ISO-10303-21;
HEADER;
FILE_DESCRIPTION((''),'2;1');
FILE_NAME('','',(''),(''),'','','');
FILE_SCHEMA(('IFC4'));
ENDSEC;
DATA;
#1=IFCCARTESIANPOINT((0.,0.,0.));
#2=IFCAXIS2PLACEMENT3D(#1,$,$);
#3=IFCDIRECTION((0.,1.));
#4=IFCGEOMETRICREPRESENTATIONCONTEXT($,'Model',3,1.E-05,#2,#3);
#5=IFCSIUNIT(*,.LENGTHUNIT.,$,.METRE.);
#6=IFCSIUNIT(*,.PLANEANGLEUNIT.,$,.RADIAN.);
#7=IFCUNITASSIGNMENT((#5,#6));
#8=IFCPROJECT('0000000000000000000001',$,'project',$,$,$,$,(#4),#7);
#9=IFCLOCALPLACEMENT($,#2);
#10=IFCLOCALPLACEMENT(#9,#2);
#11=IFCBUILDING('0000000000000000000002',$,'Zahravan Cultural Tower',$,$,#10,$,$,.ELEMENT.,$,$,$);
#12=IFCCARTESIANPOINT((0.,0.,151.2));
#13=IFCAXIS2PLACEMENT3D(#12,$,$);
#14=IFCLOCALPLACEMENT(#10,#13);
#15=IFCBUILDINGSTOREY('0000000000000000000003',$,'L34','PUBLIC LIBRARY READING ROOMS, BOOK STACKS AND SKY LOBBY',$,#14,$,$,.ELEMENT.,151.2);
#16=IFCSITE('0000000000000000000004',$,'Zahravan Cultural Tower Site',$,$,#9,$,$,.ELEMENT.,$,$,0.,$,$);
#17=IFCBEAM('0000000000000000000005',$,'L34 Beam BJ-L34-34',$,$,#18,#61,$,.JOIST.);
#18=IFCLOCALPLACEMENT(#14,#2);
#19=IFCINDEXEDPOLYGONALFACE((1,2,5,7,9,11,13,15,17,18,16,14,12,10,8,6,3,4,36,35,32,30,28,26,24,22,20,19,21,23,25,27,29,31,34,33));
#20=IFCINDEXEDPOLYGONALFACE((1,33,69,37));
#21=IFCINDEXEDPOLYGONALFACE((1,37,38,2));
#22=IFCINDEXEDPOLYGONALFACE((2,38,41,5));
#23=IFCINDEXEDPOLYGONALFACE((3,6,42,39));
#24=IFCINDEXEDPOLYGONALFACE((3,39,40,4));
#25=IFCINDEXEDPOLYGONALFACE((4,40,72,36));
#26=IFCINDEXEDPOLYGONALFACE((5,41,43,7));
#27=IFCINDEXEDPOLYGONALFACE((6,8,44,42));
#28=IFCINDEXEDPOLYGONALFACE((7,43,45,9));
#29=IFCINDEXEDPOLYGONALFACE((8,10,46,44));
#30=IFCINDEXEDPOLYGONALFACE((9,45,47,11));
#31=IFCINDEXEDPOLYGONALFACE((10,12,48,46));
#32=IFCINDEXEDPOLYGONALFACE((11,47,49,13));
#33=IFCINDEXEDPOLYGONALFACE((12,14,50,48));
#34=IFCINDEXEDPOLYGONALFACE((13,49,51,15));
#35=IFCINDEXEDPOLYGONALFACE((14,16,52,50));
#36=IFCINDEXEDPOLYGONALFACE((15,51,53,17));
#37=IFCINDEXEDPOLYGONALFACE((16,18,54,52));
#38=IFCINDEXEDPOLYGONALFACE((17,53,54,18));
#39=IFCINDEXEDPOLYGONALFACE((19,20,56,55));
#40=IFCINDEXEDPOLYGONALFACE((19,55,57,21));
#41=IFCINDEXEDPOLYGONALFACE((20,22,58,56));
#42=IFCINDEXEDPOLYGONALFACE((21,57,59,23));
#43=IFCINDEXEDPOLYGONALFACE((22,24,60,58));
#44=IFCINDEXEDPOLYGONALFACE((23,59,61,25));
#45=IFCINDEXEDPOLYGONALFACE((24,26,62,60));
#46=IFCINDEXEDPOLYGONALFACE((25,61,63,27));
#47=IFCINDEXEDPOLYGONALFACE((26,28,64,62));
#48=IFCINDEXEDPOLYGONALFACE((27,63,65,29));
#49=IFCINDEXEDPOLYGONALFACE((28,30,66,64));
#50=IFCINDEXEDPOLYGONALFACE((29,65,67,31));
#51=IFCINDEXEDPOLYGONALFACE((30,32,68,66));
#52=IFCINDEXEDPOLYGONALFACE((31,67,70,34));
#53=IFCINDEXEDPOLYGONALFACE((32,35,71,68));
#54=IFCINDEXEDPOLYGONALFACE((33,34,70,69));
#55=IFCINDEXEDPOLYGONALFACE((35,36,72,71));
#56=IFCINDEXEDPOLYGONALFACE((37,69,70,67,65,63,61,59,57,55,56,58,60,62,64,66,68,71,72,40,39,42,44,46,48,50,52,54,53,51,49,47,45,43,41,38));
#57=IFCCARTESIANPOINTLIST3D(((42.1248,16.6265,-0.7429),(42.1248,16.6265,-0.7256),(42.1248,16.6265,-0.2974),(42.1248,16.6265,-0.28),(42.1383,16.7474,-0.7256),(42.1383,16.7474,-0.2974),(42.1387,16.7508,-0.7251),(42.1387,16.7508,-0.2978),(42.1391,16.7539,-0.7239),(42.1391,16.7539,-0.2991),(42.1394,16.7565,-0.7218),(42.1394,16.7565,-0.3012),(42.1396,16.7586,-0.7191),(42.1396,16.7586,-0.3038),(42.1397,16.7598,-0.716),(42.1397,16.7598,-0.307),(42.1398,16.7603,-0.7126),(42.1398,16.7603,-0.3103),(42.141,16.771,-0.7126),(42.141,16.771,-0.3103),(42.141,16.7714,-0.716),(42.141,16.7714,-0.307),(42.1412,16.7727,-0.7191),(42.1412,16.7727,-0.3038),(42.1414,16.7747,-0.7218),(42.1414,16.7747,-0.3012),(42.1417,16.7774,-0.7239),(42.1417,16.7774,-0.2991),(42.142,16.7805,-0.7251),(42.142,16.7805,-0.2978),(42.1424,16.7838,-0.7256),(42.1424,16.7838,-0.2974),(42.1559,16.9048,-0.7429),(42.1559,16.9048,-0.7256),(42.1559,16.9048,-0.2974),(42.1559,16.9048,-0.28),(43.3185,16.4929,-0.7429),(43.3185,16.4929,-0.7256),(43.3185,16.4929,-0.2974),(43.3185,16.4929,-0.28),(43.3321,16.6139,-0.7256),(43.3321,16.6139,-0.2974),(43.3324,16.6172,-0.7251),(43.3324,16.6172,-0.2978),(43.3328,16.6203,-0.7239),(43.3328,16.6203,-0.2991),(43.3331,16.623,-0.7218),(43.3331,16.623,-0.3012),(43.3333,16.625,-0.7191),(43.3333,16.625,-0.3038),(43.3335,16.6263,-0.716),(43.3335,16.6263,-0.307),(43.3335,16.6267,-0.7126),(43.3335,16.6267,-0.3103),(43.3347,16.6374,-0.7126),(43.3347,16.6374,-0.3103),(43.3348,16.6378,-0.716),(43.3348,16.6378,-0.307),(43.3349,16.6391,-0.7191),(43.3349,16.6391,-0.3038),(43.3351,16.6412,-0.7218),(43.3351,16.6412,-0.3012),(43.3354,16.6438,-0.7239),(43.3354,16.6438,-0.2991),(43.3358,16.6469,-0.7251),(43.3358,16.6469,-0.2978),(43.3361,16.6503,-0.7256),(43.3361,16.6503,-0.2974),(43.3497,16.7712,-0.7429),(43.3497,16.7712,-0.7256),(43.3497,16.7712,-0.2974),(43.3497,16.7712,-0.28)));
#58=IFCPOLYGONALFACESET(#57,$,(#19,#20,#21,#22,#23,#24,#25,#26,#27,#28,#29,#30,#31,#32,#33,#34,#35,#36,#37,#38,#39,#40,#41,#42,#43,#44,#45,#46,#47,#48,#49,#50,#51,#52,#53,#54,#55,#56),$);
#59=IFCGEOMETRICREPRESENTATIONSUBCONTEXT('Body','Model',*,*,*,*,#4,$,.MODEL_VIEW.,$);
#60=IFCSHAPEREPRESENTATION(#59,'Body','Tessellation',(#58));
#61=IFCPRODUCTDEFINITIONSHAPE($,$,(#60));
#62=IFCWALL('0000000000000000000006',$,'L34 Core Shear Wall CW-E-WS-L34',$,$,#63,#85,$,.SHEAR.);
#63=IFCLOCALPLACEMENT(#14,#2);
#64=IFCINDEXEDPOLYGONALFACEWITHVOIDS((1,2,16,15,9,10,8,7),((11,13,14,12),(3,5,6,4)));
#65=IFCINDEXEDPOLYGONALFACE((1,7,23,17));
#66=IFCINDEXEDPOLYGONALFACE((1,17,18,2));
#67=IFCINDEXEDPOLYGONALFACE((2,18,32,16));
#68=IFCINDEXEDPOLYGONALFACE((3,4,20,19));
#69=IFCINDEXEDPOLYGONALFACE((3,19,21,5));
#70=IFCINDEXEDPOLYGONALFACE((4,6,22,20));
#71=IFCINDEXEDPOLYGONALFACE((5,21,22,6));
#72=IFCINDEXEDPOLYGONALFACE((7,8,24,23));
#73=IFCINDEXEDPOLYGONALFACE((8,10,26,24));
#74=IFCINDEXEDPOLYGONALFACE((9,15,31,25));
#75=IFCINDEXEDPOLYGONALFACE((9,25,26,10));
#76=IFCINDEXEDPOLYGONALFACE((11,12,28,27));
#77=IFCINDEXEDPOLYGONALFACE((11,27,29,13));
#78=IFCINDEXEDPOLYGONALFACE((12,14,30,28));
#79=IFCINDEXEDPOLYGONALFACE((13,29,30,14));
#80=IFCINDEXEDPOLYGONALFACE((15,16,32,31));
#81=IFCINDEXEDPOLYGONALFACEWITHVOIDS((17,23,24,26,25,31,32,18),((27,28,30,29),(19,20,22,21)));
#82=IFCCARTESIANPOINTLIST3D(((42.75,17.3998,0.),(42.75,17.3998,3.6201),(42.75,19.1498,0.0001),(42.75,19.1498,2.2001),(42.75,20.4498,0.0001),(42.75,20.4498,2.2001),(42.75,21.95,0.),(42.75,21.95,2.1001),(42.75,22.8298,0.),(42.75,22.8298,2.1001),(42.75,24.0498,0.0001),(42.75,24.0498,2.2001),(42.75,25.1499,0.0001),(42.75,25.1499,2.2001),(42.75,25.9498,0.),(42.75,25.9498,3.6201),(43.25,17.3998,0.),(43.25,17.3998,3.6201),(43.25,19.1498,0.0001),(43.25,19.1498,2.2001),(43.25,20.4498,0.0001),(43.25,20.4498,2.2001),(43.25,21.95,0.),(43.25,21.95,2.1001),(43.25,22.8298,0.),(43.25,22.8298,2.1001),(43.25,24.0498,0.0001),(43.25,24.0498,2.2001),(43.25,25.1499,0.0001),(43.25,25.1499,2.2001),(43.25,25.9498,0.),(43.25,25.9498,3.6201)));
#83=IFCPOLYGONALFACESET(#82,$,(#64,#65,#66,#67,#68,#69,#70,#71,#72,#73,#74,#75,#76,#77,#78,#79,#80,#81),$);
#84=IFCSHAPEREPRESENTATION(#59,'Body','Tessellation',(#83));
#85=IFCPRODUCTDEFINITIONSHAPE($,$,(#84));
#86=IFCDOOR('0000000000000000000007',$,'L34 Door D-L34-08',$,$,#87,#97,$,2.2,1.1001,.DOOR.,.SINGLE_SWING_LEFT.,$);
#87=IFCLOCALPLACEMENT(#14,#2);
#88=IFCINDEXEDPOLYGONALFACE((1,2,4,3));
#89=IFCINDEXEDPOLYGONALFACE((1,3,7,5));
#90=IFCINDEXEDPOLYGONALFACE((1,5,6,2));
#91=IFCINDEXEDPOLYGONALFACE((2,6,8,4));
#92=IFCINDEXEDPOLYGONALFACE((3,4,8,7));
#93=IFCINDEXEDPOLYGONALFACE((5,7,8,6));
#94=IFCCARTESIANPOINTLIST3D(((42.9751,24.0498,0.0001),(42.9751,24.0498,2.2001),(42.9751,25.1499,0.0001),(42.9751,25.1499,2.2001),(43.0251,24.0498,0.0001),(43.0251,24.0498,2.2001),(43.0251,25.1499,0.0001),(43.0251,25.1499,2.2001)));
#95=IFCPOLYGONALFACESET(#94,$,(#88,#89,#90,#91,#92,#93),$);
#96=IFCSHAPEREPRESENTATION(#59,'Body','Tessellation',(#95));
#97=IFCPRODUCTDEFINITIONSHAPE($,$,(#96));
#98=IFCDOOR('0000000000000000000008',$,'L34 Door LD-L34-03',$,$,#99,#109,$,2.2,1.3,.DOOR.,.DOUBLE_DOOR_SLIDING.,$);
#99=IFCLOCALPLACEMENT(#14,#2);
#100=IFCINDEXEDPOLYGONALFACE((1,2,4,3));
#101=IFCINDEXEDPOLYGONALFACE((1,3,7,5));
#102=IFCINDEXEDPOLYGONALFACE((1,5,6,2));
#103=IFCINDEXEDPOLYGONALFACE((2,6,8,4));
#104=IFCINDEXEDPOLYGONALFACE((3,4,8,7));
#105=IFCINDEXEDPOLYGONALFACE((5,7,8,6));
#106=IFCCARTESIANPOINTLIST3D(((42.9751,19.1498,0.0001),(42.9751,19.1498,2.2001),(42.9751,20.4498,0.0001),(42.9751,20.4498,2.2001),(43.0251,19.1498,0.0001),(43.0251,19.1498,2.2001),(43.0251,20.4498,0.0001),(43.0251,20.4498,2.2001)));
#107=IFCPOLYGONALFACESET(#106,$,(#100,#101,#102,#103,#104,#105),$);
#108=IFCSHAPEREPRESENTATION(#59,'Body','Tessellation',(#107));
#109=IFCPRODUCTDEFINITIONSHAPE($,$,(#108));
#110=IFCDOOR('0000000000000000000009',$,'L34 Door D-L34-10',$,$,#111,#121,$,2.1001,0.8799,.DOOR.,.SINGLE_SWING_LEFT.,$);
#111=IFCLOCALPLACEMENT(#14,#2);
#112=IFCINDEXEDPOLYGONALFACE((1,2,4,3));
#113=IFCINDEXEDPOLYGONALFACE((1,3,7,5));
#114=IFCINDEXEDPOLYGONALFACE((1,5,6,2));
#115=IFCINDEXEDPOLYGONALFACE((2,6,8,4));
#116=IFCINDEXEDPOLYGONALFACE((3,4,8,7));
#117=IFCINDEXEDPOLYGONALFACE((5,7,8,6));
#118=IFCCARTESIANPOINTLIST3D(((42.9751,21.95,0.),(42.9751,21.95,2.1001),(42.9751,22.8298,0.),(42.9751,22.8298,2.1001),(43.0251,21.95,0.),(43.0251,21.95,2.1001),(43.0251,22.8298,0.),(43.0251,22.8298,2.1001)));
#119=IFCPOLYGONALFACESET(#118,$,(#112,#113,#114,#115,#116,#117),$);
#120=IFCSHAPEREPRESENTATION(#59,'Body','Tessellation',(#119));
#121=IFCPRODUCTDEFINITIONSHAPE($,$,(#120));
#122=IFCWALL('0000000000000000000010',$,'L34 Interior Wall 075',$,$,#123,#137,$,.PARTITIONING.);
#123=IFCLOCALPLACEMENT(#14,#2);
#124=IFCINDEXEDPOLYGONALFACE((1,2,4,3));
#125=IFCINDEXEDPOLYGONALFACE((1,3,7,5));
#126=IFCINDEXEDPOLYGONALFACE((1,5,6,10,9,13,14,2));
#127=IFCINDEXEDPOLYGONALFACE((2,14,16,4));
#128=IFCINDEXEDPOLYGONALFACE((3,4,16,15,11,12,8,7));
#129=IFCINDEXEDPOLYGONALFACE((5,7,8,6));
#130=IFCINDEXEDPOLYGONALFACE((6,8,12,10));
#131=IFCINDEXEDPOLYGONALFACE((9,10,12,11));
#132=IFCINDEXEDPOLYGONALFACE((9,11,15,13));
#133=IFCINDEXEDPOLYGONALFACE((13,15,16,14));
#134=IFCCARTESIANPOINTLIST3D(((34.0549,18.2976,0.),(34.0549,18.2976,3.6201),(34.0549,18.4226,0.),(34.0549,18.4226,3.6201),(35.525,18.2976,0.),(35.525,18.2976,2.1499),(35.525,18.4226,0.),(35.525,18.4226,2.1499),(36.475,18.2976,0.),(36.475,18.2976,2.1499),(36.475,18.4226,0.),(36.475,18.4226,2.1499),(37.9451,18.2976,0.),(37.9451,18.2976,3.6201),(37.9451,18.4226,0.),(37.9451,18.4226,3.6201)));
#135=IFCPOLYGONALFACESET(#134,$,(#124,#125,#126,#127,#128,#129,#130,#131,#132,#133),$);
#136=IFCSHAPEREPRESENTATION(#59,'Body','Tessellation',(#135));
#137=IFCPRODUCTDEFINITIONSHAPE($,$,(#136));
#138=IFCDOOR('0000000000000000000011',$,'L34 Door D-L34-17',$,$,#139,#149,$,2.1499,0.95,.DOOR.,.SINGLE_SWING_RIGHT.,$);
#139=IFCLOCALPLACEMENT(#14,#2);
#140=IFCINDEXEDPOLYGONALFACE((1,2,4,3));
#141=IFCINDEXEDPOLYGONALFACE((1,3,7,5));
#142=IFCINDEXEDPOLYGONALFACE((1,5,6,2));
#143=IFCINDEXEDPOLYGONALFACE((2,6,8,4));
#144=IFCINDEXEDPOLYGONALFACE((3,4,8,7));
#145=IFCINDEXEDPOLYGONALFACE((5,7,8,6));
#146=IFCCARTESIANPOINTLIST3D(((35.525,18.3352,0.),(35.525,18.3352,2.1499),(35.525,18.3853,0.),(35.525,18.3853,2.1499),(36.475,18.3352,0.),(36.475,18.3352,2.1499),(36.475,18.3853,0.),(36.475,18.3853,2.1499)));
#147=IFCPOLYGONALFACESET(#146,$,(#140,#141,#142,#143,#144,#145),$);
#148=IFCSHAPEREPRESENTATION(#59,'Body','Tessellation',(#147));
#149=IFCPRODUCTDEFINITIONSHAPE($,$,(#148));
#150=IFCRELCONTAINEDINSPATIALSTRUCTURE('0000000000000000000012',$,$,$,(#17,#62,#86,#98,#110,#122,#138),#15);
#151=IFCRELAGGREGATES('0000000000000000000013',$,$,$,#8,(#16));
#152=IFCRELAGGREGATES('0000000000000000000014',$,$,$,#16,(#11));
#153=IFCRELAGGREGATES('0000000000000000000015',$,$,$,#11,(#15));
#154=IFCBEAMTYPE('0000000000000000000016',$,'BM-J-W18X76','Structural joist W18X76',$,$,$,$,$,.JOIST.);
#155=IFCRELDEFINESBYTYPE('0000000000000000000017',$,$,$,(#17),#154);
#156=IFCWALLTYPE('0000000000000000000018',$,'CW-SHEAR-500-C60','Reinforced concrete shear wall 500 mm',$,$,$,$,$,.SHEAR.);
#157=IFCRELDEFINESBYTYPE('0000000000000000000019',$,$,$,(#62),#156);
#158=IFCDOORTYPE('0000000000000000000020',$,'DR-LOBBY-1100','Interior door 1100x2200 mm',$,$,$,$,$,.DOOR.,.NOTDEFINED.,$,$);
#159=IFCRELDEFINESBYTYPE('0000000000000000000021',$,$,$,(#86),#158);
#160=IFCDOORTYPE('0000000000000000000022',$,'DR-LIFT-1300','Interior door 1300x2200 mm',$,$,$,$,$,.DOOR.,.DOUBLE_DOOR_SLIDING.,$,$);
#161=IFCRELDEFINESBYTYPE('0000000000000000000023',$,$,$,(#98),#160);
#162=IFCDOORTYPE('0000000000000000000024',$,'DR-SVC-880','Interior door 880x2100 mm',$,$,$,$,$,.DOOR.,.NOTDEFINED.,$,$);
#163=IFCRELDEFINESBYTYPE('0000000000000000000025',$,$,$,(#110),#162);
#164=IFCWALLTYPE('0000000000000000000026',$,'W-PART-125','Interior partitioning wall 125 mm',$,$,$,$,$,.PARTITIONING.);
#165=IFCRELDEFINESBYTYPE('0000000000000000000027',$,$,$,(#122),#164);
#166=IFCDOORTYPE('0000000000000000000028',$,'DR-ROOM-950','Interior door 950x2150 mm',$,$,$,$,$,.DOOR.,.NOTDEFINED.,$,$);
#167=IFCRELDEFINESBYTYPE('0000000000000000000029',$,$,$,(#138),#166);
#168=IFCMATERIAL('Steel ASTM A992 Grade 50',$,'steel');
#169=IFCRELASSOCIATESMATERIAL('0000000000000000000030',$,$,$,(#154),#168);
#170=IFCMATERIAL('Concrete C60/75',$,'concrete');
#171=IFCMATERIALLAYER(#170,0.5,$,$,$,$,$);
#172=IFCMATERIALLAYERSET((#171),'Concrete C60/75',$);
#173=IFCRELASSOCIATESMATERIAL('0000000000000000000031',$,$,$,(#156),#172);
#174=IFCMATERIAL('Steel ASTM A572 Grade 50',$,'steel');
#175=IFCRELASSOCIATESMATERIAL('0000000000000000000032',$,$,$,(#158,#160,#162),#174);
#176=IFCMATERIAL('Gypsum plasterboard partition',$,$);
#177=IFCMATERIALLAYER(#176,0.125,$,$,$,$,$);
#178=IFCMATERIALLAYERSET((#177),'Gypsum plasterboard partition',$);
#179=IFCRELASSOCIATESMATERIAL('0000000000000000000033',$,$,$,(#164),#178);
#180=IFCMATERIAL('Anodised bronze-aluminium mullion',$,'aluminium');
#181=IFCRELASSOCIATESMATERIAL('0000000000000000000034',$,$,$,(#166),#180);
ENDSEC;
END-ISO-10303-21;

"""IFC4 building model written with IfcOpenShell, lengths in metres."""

from ifc_helpers import new_model, si_unit, direction, frame, frame_2d, origin, origin_2d, place, context, subcontext, project, spatial, rectangle, i_section, extrude, source, transform, mapped, material, layer, layer_set, material_profile, profile_set, type_object, element, fill, save


model = new_model("IFC4")

# Units and contexts
model_context = context("Model", 3, precision=1e-05, world=origin(), true_north=direction((0.0, 1.0)))
body_context = subcontext(model_context, "Body", "Model", "MODEL_VIEW")
ifc_project = project(units=[si_unit("LENGTHUNIT", "METRE"), si_unit("PLANEANGLEUNIT", "RADIAN")], contexts=[model_context])

# Site, building, storey
site_placement = place(None, origin())
site = spatial("IfcSite", under=ifc_project, at=site_placement, Name="Zahravan Cultural Tower Site", CompositionType="ELEMENT", RefElevation=0.0)
building_placement = place(site_placement, origin())
building = spatial("IfcBuilding", under=site, at=building_placement, Name="Zahravan Cultural Tower", CompositionType="ELEMENT")
storey_placement = place(building_placement, frame((0.0, 0.0, 151.2)))
storey = spatial("IfcBuildingStorey", under=building, at=storey_placement, Name="L34", Description="PUBLIC LIBRARY READING ROOMS, BOOK STACKS AND SKY LOBBY", CompositionType="ELEMENT", Elevation=151.2)

# Beam
ifc_material_1 = material(Name="Steel ASTM A992 Grade 50", Category="steel")
ifc_material_profile_1 = material_profile(ifc_material_1, i_section(OverallWidth=0.28, OverallDepth=0.4629, WebThickness=0.0107, FlangeThickness=0.0173, FilletRadius=0.0129, at=origin_2d()), Name="W18X76")
ifc_profile_set_1 = profile_set([ifc_material_profile_1], Name="Steel ASTM A992 Grade 50")
beam_type_1 = type_object("IfcBeamType", Name="BM-J-W18X76", Description="Structural joist W18X76", PredefinedType="JOIST", material=ifc_profile_set_1)
shared_shape_1 = source(origin(), body_context, "Body", "SweptSolid", [
    extrude(i_section(OverallWidth=0.28, OverallDepth=0.4629, WebThickness=0.0107, FlangeThickness=0.0173, FilletRadius=0.0129, at=origin_2d()), origin(), (0.0, 0.0, 1.0), 1.2012),
])
beam_1_placement = place(storey_placement, frame((42.1404, 16.7656, -0.5115), z_axis=(0.993799, -0.11119, 0.0), x_axis=(0.11119, 0.993799, 0.0)))
element("IfcBeam", 1, at=beam_1_placement, inside=storey, type_object=beam_type_1, Name="L34 Beam BJ-L34-34", PredefinedType="JOIST", context=body_context, shape_type="MappedRepresentation", body=[
    mapped(shared_shape_1, transform((0.0, 0.0, 0.0), x_axis=(1.0, 0.0, 0.0), y_axis=(0.0, 1.0, 0.0), z_axis=(0.0, 0.0, 1.0), scale=1.0)),
])

# Wall, openings, doors
ifc_material_2 = material(Name="Concrete C60/75", Category="concrete")
ifc_layer_1 = layer(ifc_material_2, 0.5)
ifc_layer_set_1 = layer_set([ifc_layer_1], Name="Concrete C60/75")
wall_type_1 = type_object("IfcWallType", Name="CW-SHEAR-500-C60", Description="Reinforced concrete shear wall 500 mm", PredefinedType="SHEAR", material=ifc_layer_set_1)
wall_1_placement = place(storey_placement, frame((43.0, 17.3999, 0.0), z_axis=(0.0, 0.0, 1.0), x_axis=(0.0, 1.0, 0.0)))
wall_1 = element("IfcWall", 2, at=wall_1_placement, inside=storey, type_object=wall_type_1, Name="L34 Core Shear Wall CW-E-WS-L34", PredefinedType="SHEAR", context=body_context, shape_type="SweptSolid", body=[
    extrude(rectangle(XDim=8.55, YDim=0.5, at=frame_2d((4.2749, 0.0))), origin(), (0.0, 0.0, 1.0), 3.6201),
])
opening_1_placement = place(wall_1_placement, frame((6.6499, 0.0, 0.0)))
opening_1 = element("IfcOpeningElement", 3, at=opening_1_placement, cuts=wall_1, PredefinedType="OPENING", context=body_context, shape_type="SweptSolid", body=[
    extrude(rectangle(XDim=1.1001, YDim=2.2, at=frame_2d((0.55, 1.1001))), frame((0.0, 0.26, 0.0), z_axis=(0.0, -1.0, 0.0), x_axis=(1.0, 0.0, 0.0)), (0.0, 0.0, 1.0), 0.52),
])
opening_2_placement = place(wall_1_placement, frame((1.75, 0.0, 0.0)))
opening_2 = element("IfcOpeningElement", 4, at=opening_2_placement, cuts=wall_1, PredefinedType="OPENING", context=body_context, shape_type="SweptSolid", body=[
    extrude(rectangle(XDim=1.3, YDim=2.2, at=frame_2d((0.6499, 1.1001))), frame((0.0, 0.26, 0.0), z_axis=(0.0, -1.0, 0.0), x_axis=(1.0, 0.0, 0.0)), (0.0, 0.0, 1.0), 0.52),
])
opening_3_placement = place(wall_1_placement, frame((4.55, 0.0, 0.0)))
opening_3 = element("IfcOpeningElement", 5, at=opening_3_placement, cuts=wall_1, PredefinedType="OPENING", context=body_context, shape_type="SweptSolid", body=[
    extrude(rectangle(XDim=0.8799, YDim=2.1001, at=frame_2d((0.4399, 1.05))), frame((0.0, 0.26, 0.0), z_axis=(0.0, -1.0, 0.0), x_axis=(1.0, 0.0, 0.0)), (0.0, 0.0, 1.0), 0.52),
])
ifc_material_3 = material(Name="Steel ASTM A572 Grade 50", Category="steel")
door_type_1 = type_object("IfcDoorType", Name="DR-LOBBY-1100", Description="Interior door 1100x2200 mm", OperationType="NOTDEFINED", PredefinedType="DOOR", material=ifc_material_3)
shared_shape_2 = source(origin(), body_context, "Body", "SweptSolid", [
    extrude(rectangle(XDim=1.1001, YDim=2.2, at=frame_2d((0.55, 1.1001))), frame((0.0, 0.0249, 0.0), z_axis=(0.0, -1.0, 0.0), x_axis=(1.0, 0.0, 0.0)), (0.0, 0.0, 1.0), 0.05),
])
door_1_placement = place(opening_1_placement, origin())
door_1 = element("IfcDoor", 6, at=door_1_placement, inside=storey, type_object=door_type_1, Name="L34 Door D-L34-08", OperationType="SINGLE_SWING_LEFT", OverallHeight=2.2, OverallWidth=1.1001, PredefinedType="DOOR", context=body_context, shape_type="MappedRepresentation", body=[
    mapped(shared_shape_2, transform((0.0, 0.0, 0.0), x_axis=(1.0, 0.0, 0.0), y_axis=(0.0, 1.0, 0.0), z_axis=(0.0, 0.0, 1.0), scale=1.0)),
])
fill(opening_1, door_1)
door_type_2 = type_object("IfcDoorType", Name="DR-LIFT-1300", Description="Interior door 1300x2200 mm", OperationType="DOUBLE_DOOR_SLIDING", PredefinedType="DOOR", material=ifc_material_3)
shared_shape_3 = source(origin(), body_context, "Body", "SweptSolid", [
    extrude(rectangle(XDim=1.3, YDim=2.2, at=frame_2d((0.6499, 1.1001))), frame((0.0, 0.0249, 0.0), z_axis=(0.0, -1.0, 0.0), x_axis=(1.0, 0.0, 0.0)), (0.0, 0.0, 1.0), 0.05),
])
door_2_placement = place(opening_2_placement, origin())
door_2 = element("IfcDoor", 7, at=door_2_placement, inside=storey, type_object=door_type_2, Name="L34 Door LD-L34-03", OperationType="DOUBLE_DOOR_SLIDING", OverallHeight=2.2, OverallWidth=1.3, PredefinedType="DOOR", context=body_context, shape_type="MappedRepresentation", body=[
    mapped(shared_shape_3, transform((0.0, 0.0, 0.0), x_axis=(1.0, 0.0, 0.0), y_axis=(0.0, 1.0, 0.0), z_axis=(0.0, 0.0, 1.0), scale=1.0)),
])
fill(opening_2, door_2)
door_type_3 = type_object("IfcDoorType", Name="DR-SVC-880", Description="Interior door 880x2100 mm", OperationType="NOTDEFINED", PredefinedType="DOOR", material=ifc_material_3)
shared_shape_4 = source(origin(), body_context, "Body", "SweptSolid", [
    extrude(rectangle(XDim=0.8799, YDim=2.1001, at=frame_2d((0.4399, 1.05))), frame((0.0, 0.0249, 0.0), z_axis=(0.0, -1.0, 0.0), x_axis=(1.0, 0.0, 0.0)), (0.0, 0.0, 1.0), 0.05),
])
door_3_placement = place(opening_3_placement, origin())
door_3 = element("IfcDoor", 8, at=door_3_placement, inside=storey, type_object=door_type_3, Name="L34 Door D-L34-10", OperationType="SINGLE_SWING_LEFT", OverallHeight=2.1001, OverallWidth=0.8799, PredefinedType="DOOR", context=body_context, shape_type="MappedRepresentation", body=[
    mapped(shared_shape_4, transform((0.0, 0.0, 0.0), x_axis=(1.0, 0.0, 0.0), y_axis=(0.0, 1.0, 0.0), z_axis=(0.0, 0.0, 1.0), scale=1.0)),
])
fill(opening_3, door_3)

# Wall, opening, door
ifc_material_4 = material(Name="Gypsum plasterboard partition")
ifc_layer_2 = layer(ifc_material_4, 0.125)
ifc_layer_set_2 = layer_set([ifc_layer_2], Name="Gypsum plasterboard partition")
wall_type_2 = type_object("IfcWallType", Name="W-PART-125", Description="Interior partitioning wall 125 mm", PredefinedType="PARTITIONING", material=ifc_layer_set_2)
ifc_material_5 = material(Name="Anodised bronze-aluminium mullion", Category="aluminium")
door_type_4 = type_object("IfcDoorType", Name="DR-ROOM-950", Description="Interior door 950x2150 mm", OperationType="NOTDEFINED", PredefinedType="DOOR", material=ifc_material_5)
shared_shape_5 = source(origin(), body_context, "Body", "SweptSolid", [
    extrude(rectangle(XDim=0.95, YDim=2.1499, at=frame_2d((0.4751, 1.075))), frame((0.0, 0.0249, 0.0), z_axis=(0.0, -1.0, 0.0), x_axis=(1.0, 0.0, 0.0)), (0.0, 0.0, 1.0), 0.05),
])
wall_2_placement = place(storey_placement, frame((37.9451, 18.3601, 0.0), z_axis=(0.0, 0.0, 1.0), x_axis=(-1.0, 0.0, 0.0)))
wall_2 = element("IfcWall", 9, at=wall_2_placement, inside=storey, type_object=wall_type_2, Name="L34 Interior Wall 075", PredefinedType="PARTITIONING", context=body_context, shape_type="SweptSolid", body=[
    extrude(rectangle(XDim=3.8901, YDim=0.125, at=frame_2d((1.9451, 0.0))), origin(), (0.0, 0.0, 1.0), 3.6201),
])
opening_4_placement = place(wall_2_placement, frame((1.47, 0.0, 0.0)))
opening_4 = element("IfcOpeningElement", 10, at=opening_4_placement, cuts=wall_2, PredefinedType="OPENING", context=body_context, shape_type="SweptSolid", body=[
    extrude(rectangle(XDim=0.95, YDim=2.1499, at=frame_2d((0.4751, 1.075))), frame((0.0, 0.0725, 0.0), z_axis=(0.0, -1.0, 0.0), x_axis=(1.0, 0.0, 0.0)), (0.0, 0.0, 1.0), 0.145),
])
door_4_placement = place(opening_4_placement, origin())
door_4 = element("IfcDoor", 11, at=door_4_placement, inside=storey, type_object=door_type_4, Name="L34 Door D-L34-17", OperationType="SINGLE_SWING_RIGHT", OverallHeight=2.1499, OverallWidth=0.95, PredefinedType="DOOR", context=body_context, shape_type="MappedRepresentation", body=[
    mapped(shared_shape_5, transform((0.0, 0.0, 0.0), x_axis=(1.0, 0.0, 0.0), y_axis=(0.0, 1.0, 0.0), z_axis=(0.0, 0.0, 1.0), scale=1.0)),
])
fill(opening_4, door_4)

save(model, "model.ifc")
